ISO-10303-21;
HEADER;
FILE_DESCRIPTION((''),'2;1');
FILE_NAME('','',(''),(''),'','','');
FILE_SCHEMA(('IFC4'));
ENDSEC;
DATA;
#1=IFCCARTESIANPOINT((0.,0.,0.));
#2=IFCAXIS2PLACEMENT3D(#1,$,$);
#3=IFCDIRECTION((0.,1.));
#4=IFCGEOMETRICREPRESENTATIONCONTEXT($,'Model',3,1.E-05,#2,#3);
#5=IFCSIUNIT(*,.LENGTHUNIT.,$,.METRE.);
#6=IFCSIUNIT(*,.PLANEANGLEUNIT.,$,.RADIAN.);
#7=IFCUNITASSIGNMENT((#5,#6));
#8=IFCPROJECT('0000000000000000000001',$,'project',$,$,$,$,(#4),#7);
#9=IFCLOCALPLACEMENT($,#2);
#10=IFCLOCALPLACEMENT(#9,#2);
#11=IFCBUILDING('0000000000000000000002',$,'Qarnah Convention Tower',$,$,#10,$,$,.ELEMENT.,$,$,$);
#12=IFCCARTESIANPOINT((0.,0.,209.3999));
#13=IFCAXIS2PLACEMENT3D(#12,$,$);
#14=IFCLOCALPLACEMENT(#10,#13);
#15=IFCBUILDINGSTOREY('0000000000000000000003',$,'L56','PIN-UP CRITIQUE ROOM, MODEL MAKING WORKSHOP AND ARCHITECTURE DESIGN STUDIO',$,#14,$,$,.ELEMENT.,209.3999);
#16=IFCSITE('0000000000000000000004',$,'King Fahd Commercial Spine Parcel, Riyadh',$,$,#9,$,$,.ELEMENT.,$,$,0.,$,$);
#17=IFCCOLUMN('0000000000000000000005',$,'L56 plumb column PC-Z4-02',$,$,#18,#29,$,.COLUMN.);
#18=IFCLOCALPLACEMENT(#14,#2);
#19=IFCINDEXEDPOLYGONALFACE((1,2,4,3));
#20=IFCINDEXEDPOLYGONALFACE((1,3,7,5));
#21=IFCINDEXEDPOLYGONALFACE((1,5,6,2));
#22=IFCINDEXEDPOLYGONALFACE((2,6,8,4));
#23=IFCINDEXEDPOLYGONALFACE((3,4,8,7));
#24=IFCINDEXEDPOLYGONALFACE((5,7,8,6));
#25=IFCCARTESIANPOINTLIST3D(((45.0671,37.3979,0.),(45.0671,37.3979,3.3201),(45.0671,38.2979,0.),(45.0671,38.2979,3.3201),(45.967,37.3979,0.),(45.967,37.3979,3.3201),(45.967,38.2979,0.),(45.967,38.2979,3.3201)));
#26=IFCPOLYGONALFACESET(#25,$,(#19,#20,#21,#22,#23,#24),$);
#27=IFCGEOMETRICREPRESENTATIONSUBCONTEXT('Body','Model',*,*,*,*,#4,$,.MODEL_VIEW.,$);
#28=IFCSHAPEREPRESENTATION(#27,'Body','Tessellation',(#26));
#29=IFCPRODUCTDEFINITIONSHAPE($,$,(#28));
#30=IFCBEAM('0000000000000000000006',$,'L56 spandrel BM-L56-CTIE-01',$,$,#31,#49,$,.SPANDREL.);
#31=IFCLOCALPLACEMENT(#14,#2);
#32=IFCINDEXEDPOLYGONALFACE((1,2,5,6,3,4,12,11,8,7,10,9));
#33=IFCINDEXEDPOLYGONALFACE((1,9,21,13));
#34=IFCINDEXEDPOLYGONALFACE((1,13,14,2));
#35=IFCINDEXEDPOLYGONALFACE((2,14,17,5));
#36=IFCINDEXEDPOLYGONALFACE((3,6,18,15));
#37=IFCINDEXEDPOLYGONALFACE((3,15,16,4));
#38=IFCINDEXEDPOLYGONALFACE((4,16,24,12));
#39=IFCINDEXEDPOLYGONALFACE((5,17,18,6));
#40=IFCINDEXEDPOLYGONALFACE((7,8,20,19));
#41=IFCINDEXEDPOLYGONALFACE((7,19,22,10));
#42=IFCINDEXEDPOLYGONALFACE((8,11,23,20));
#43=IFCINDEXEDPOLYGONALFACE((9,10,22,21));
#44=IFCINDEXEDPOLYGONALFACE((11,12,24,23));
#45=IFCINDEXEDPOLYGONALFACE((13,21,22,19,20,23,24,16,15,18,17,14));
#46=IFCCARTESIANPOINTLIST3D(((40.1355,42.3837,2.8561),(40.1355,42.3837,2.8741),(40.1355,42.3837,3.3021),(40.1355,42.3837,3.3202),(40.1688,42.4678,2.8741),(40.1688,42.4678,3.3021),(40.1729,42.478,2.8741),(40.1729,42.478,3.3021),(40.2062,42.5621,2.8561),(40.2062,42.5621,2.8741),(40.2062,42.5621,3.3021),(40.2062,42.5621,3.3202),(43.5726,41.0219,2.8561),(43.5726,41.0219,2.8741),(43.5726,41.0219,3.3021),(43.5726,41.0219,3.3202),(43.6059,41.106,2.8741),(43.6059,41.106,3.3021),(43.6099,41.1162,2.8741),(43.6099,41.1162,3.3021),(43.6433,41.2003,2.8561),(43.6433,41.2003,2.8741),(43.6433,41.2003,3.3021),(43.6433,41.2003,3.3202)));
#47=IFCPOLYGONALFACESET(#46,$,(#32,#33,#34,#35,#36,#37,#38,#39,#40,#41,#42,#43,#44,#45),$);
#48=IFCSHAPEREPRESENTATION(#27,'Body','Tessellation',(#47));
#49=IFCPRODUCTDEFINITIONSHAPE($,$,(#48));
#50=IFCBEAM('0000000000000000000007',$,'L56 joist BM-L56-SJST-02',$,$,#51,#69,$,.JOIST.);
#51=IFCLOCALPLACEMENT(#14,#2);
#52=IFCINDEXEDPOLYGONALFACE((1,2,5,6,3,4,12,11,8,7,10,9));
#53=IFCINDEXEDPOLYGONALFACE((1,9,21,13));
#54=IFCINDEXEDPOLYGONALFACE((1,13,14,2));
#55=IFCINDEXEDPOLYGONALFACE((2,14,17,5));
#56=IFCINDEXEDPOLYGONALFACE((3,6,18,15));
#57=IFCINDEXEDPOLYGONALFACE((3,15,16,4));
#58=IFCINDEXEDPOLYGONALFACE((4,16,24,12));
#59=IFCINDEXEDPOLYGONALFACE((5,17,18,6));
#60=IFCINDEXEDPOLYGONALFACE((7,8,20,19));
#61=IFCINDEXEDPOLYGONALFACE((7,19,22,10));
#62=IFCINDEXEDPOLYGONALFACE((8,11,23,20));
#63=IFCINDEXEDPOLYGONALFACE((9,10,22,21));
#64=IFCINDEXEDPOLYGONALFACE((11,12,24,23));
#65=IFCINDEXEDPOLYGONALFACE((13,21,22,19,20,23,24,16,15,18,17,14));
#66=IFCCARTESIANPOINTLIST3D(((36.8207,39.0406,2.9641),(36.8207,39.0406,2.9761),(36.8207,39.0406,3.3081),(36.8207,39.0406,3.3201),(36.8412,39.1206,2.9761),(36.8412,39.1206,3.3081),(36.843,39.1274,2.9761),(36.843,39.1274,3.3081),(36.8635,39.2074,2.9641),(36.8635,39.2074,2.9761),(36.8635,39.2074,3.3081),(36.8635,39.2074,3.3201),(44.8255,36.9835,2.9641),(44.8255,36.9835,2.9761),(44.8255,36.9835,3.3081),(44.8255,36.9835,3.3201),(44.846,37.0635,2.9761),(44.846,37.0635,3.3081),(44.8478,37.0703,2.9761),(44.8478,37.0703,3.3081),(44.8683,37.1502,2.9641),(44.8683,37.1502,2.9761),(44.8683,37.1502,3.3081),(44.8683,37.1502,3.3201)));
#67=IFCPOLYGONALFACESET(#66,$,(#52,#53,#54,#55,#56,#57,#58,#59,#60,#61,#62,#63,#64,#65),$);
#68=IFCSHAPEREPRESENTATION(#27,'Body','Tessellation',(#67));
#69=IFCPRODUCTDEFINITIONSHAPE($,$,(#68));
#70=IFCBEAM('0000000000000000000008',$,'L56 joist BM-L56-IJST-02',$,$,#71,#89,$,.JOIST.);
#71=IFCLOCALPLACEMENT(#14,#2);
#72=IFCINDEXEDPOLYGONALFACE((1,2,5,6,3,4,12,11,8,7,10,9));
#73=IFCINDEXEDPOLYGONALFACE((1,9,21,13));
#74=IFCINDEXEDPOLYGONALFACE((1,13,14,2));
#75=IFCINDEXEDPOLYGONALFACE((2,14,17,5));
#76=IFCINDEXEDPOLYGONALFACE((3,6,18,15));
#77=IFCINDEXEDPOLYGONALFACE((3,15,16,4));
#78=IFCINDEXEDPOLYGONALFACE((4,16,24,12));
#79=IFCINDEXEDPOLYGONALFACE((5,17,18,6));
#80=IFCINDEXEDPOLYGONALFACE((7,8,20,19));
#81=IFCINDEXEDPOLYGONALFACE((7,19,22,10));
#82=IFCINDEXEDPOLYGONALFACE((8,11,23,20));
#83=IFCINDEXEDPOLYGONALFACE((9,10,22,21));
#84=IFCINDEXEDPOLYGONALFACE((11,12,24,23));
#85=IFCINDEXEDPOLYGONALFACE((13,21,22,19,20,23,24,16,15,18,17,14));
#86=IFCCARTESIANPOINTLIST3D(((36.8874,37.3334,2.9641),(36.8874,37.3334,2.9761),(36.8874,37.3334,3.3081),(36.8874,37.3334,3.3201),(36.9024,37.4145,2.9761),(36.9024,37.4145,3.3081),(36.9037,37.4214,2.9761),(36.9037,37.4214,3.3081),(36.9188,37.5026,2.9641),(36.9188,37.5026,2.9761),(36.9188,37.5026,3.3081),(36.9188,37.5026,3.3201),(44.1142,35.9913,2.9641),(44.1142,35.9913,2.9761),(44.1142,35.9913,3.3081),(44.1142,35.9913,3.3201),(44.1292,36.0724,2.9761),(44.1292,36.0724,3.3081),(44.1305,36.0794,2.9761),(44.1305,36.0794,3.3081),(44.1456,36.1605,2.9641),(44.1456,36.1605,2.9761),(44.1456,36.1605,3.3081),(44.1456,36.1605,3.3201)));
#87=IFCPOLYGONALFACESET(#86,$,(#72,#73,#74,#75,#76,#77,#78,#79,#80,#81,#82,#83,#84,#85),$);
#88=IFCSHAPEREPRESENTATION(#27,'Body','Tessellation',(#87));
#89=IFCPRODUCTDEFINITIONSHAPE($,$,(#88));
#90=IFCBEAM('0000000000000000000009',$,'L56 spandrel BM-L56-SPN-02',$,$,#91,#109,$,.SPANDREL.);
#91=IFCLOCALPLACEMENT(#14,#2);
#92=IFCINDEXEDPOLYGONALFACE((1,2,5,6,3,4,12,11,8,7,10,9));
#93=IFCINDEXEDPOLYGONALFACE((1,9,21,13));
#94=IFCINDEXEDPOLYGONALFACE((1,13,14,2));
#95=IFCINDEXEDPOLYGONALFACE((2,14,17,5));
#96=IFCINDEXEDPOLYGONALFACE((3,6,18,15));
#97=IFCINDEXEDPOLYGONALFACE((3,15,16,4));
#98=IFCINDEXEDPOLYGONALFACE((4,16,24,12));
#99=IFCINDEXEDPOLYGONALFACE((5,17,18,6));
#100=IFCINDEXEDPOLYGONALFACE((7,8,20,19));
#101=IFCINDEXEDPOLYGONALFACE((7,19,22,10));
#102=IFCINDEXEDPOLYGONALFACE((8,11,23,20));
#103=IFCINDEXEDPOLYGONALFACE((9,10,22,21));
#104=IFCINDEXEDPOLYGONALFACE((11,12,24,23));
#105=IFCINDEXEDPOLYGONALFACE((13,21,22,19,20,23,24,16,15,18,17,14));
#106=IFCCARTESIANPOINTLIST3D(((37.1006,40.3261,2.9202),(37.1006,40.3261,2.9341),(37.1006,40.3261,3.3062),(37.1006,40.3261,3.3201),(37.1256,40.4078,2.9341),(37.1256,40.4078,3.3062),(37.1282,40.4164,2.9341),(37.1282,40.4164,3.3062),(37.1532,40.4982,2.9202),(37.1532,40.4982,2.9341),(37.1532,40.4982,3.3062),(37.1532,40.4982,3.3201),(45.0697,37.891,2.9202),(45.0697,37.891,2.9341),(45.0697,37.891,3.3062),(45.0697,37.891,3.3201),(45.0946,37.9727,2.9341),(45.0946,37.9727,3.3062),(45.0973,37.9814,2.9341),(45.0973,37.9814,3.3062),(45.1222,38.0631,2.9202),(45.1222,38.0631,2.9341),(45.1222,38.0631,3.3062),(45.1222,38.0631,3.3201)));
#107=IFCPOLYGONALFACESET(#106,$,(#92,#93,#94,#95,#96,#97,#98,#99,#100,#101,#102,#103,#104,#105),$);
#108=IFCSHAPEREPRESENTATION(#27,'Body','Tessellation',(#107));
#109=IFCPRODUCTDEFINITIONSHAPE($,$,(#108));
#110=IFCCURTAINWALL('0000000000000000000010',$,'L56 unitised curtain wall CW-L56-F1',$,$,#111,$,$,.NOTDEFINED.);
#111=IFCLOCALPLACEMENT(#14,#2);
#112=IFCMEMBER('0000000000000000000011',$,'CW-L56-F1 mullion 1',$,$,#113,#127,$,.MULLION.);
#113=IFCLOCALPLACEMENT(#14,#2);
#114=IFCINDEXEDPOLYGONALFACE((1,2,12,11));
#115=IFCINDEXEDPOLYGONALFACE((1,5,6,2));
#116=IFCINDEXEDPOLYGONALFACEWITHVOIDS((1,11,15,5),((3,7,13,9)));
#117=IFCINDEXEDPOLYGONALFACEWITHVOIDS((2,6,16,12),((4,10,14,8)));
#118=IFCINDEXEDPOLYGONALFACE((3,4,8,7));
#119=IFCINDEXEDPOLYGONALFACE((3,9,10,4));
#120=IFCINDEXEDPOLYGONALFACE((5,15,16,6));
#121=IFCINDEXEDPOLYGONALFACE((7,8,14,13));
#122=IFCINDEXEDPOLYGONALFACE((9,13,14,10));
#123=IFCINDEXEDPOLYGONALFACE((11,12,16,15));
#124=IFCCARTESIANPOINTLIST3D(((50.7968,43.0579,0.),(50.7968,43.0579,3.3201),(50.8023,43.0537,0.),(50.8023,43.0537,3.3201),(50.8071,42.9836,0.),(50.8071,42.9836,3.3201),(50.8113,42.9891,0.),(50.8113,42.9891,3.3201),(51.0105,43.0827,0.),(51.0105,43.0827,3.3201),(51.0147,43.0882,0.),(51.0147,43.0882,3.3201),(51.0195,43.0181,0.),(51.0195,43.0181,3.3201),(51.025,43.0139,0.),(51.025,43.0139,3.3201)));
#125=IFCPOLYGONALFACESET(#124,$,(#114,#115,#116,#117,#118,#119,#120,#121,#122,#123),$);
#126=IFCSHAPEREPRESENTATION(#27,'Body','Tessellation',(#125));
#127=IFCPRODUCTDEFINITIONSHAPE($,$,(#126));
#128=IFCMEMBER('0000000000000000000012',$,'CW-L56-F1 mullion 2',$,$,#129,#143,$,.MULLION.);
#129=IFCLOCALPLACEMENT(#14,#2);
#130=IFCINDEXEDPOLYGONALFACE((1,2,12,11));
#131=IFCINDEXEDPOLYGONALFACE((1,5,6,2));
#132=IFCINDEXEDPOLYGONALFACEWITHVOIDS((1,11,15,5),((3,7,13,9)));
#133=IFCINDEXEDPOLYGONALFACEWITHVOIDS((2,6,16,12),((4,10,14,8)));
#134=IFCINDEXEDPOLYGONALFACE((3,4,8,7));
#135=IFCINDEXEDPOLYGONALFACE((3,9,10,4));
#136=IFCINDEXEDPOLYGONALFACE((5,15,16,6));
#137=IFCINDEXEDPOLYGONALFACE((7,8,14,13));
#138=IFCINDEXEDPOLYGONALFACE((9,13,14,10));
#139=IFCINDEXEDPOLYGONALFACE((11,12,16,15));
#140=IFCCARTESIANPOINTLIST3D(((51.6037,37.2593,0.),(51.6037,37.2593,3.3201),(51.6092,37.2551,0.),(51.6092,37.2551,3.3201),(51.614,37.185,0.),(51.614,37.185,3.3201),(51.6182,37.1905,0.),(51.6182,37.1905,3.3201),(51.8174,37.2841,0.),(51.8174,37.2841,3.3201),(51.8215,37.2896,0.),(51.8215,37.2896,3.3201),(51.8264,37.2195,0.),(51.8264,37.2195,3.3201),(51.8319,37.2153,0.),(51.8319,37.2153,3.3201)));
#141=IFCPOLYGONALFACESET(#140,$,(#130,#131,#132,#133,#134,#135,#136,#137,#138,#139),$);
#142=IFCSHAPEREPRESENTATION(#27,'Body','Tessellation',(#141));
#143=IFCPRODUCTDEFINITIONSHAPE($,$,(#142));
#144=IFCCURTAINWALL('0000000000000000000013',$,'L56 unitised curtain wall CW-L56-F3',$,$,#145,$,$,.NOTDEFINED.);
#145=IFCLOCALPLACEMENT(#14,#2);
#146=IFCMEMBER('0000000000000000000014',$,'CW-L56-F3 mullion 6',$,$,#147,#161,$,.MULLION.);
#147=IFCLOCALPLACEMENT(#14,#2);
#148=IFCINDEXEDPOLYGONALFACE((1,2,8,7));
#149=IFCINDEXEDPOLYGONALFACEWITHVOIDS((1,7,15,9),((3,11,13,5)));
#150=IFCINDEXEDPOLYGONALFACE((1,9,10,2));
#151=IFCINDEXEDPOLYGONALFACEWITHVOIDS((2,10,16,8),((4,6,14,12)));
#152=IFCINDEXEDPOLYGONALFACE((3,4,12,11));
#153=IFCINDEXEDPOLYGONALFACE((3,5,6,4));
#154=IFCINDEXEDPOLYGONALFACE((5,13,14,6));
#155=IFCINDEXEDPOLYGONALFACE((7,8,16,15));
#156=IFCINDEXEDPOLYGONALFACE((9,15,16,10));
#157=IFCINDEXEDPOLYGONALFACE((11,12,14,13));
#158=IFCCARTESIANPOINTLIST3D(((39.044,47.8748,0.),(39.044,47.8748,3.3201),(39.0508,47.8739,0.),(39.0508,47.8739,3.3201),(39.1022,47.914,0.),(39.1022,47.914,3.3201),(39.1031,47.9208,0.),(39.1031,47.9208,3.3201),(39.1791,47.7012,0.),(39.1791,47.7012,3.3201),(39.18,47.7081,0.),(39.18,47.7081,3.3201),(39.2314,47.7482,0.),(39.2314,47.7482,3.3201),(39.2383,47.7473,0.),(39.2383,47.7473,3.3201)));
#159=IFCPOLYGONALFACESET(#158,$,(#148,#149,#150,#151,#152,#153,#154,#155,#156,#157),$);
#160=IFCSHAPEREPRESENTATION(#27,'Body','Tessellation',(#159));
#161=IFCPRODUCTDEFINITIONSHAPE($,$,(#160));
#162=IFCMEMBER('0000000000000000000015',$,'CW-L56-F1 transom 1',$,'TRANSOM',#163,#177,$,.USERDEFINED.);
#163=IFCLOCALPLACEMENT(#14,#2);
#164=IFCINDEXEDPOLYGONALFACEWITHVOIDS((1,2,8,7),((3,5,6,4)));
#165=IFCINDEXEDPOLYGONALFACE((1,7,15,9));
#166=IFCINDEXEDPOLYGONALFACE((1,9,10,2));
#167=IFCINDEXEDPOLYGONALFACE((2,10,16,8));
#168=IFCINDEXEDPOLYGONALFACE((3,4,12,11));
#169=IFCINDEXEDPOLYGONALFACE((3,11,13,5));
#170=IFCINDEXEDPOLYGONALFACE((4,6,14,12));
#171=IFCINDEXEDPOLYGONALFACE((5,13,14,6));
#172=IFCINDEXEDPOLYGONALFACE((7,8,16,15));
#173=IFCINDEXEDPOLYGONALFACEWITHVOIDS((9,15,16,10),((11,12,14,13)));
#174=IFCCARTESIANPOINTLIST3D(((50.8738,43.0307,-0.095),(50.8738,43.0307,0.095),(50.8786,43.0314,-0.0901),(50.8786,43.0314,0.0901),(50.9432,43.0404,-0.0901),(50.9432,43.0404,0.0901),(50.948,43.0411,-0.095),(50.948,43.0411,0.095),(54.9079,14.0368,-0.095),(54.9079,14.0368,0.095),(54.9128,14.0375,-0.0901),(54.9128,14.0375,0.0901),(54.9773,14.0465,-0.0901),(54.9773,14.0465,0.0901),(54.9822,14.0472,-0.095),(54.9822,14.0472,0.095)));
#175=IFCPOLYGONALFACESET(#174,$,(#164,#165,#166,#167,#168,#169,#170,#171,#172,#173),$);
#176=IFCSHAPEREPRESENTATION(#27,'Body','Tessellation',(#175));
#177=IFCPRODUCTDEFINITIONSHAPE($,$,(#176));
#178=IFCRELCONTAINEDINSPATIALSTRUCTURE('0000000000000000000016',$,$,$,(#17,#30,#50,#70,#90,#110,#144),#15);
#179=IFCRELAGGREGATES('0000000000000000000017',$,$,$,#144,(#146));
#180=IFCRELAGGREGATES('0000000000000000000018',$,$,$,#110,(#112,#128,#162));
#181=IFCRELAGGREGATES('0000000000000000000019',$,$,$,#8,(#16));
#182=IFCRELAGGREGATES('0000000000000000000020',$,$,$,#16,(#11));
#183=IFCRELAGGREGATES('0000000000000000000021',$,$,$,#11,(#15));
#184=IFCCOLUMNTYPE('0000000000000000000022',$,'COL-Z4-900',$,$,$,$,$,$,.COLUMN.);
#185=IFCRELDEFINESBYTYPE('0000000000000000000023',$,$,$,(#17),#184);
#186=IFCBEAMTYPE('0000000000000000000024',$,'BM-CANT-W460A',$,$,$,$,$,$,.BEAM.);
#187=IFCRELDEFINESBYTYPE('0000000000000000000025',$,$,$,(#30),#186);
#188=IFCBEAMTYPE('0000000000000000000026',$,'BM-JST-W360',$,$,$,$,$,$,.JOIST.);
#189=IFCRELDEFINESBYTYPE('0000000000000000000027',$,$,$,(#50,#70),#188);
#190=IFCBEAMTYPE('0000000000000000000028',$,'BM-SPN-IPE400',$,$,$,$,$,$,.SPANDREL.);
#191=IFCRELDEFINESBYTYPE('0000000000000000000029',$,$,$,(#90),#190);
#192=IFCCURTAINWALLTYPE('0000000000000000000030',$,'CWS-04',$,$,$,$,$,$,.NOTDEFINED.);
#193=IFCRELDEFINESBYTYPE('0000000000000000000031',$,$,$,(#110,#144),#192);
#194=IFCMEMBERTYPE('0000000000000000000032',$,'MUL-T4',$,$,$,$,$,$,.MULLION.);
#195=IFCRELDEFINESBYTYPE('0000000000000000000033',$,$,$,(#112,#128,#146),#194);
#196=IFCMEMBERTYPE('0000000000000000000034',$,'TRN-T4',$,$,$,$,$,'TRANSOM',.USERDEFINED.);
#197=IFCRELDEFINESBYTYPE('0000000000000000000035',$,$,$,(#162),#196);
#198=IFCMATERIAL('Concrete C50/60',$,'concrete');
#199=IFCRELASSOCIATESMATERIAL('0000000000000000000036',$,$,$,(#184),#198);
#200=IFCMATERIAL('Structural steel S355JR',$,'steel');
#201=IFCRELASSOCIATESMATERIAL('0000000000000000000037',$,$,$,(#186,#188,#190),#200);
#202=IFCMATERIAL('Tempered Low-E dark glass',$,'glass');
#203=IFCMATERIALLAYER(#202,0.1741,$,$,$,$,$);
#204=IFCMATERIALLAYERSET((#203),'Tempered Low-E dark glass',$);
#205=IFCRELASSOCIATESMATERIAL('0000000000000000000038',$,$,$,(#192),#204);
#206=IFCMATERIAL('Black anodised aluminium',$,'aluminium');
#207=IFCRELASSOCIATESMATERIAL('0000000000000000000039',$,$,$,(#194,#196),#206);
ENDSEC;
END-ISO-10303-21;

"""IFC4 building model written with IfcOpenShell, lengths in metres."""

from ifc_helpers import new_model, si_unit, direction, frame, origin, origin_2d, place, context, subcontext, project, spatial, rectangle, hollow_rectangle, i_section, extrude, material, layer, layer_set, material_profile, profile_set, type_object, element, aggregate, save


model = new_model("IFC4")

# Units and contexts
model_context = context("Model", 3, precision=1e-05, world=origin(), true_north=direction((0.0, 1.0)))
body_context = subcontext(model_context, "Body", "Model", "MODEL_VIEW")
ifc_project = project(units=[si_unit("LENGTHUNIT", "METRE"), si_unit("PLANEANGLEUNIT", "RADIAN")], contexts=[model_context])

# Site, building, storey
site_placement = place(None, origin())
site = spatial("IfcSite", under=ifc_project, at=site_placement, Name="King Fahd Commercial Spine Parcel, Riyadh", CompositionType="ELEMENT", RefElevation=0.0)
building_placement = place(site_placement, origin())
building = spatial("IfcBuilding", under=site, at=building_placement, Name="Qarnah Convention Tower", CompositionType="ELEMENT")
storey_placement = place(building_placement, frame((0.0, 0.0, 209.3999)))
storey = spatial("IfcBuildingStorey", under=building, at=storey_placement, Name="L56", Description="PIN-UP CRITIQUE ROOM, MODEL MAKING WORKSHOP AND ARCHITECTURE DESIGN STUDIO", CompositionType="ELEMENT", Elevation=209.3999)

# Column
ifc_material_1 = material(Name="Concrete C50/60", Category="concrete")
ifc_material_profile_1 = material_profile(ifc_material_1, rectangle(XDim=0.8999, YDim=0.8999, at=origin_2d()), Name="RC-COL-900X900")
ifc_profile_set_1 = profile_set([ifc_material_profile_1], Name="Concrete C50/60")
column_type = type_object("IfcColumnType", Name="COL-Z4-900", PredefinedType="COLUMN", material=ifc_profile_set_1)
column_placement = place(storey_placement, frame((45.5171, 37.8479, 0.0), z_axis=(0.0, 0.0, 1.0), x_axis=(1.0, 0.0, 0.0)))
element("IfcColumn", 1, at=column_placement, inside=storey, type_object=column_type, Name="L56 plumb column PC-Z4-02", PredefinedType="COLUMN", context=body_context, shape_type="SweptSolid", body=[
    extrude(rectangle(XDim=0.8999, YDim=0.8999, at=origin_2d()), origin(), (0.0, 0.0, 1.0), 3.3201),
])

# Beams
ifc_material_2 = material(Name="Structural steel S355JR", Category="steel")
ifc_material_profile_2 = material_profile(ifc_material_2, i_section(OverallWidth=0.1919, OverallDepth=0.4641, WebThickness=0.011, FlangeThickness=0.0181, at=origin_2d()), Name="W460X89")
ifc_profile_set_2 = profile_set([ifc_material_profile_2], Name="Structural steel S355JR")
beam_type_1 = type_object("IfcBeamType", Name="BM-CANT-W460A", PredefinedType="BEAM", material=ifc_profile_set_2)
beam_1_placement = place(storey_placement, frame((43.6079, 41.1111, 3.0881), z_axis=(-0.929683, 0.36836, 0.0), x_axis=(-0.36836, -0.929683, 0.0)))
element("IfcBeam", 2, at=beam_1_placement, inside=storey, type_object=beam_type_1, Name="L56 spandrel BM-L56-CTIE-01", PredefinedType="SPANDREL", context=body_context, shape_type="SweptSolid", body=[
    extrude(i_section(OverallWidth=0.1919, OverallDepth=0.4641, WebThickness=0.011, FlangeThickness=0.0181, at=origin_2d()), origin(), (0.0, 0.0, 1.0), 3.697),
])
ifc_material_profile_3 = material_profile(ifc_material_2, i_section(OverallWidth=0.1721, OverallDepth=0.356, WebThickness=0.0071, FlangeThickness=0.012, at=origin_2d()), Name="W360X51")
ifc_profile_set_3 = profile_set([ifc_material_profile_3], Name="Structural steel S355JR")
beam_type_2 = type_object("IfcBeamType", Name="BM-JST-W360", PredefinedType="JOIST", material=ifc_profile_set_3)
beam_2_placement = place(storey_placement, frame((44.8469, 37.0669, 3.1421), z_axis=(-0.96853, 0.248897, 0.0), x_axis=(-0.248897, -0.96853, 0.0)))
element("IfcBeam", 3, at=beam_2_placement, inside=storey, type_object=beam_type_2, Name="L56 joist BM-L56-SJST-02", PredefinedType="JOIST", context=body_context, shape_type="SweptSolid", body=[
    extrude(i_section(OverallWidth=0.1721, OverallDepth=0.356, WebThickness=0.0071, FlangeThickness=0.012, at=origin_2d()), origin(), (0.0, 0.0, 1.0), 8.2649),
])
beam_3_placement = place(storey_placement, frame((44.1299, 36.0759, 3.1421), z_axis=(-0.983191, 0.182582, 0.0), x_axis=(-0.182582, -0.983191, 0.0)))
element("IfcBeam", 4, at=beam_3_placement, inside=storey, type_object=beam_type_2, Name="L56 joist BM-L56-IJST-02", PredefinedType="JOIST", context=body_context, shape_type="SweptSolid", body=[
    extrude(i_section(OverallWidth=0.1721, OverallDepth=0.356, WebThickness=0.0071, FlangeThickness=0.012, at=origin_2d()), origin(), (0.0, 0.0, 1.0), 7.3503),
])
ifc_material_profile_4 = material_profile(ifc_material_2, i_section(OverallWidth=0.1799, OverallDepth=0.3999, WebThickness=0.009, FlangeThickness=0.0139, at=origin_2d()), Name="IPE400")
ifc_profile_set_4 = profile_set([ifc_material_profile_4], Name="Structural steel S355JR")
beam_type_3 = type_object("IfcBeamType", Name="BM-SPN-IPE400", PredefinedType="SPANDREL", material=ifc_profile_set_4)
beam_4_placement = place(storey_placement, frame((45.0959, 37.9771, 3.1201), z_axis=(-0.956349, 0.292228, 0.0), x_axis=(-0.292228, -0.956349, 0.0)))
element("IfcBeam", 5, at=beam_4_placement, inside=storey, type_object=beam_type_3, Name="L56 spandrel BM-L56-SPN-02", PredefinedType="SPANDREL", context=body_context, shape_type="SweptSolid", body=[
    extrude(i_section(OverallWidth=0.1799, OverallDepth=0.3999, WebThickness=0.009, FlangeThickness=0.0139, at=origin_2d()), origin(), (0.0, 0.0, 1.0), 8.3328),
])

# Curtain wall, members
ifc_material_3 = material(Name="Tempered Low-E dark glass", Category="glass")
ifc_layer_1 = layer(ifc_material_3, 0.1741)
ifc_layer_set_1 = layer_set([ifc_layer_1], Name="Tempered Low-E dark glass")
curtain_wall_type = type_object("IfcCurtainWallType", Name="CWS-04", PredefinedType="NOTDEFINED", material=ifc_layer_set_1)
curtain_wall_1_placement = place(storey_placement, origin())
curtain_wall_1 = element("IfcCurtainWall", 6, at=curtain_wall_1_placement, inside=storey, type_object=curtain_wall_type, Name="L56 unitised curtain wall CW-L56-F1", PredefinedType="NOTDEFINED")
ifc_material_4 = material(Name="Black anodised aluminium", Category="aluminium")
ifc_material_profile_5 = material_profile(ifc_material_4, hollow_rectangle(XDim=0.075, YDim=0.22, WallThickness=0.0049, at=origin_2d()), Name="MUL-75X220")
ifc_profile_set_5 = profile_set([ifc_material_profile_5], Name="Black anodised aluminium")
member_type_1 = type_object("IfcMemberType", Name="MUL-T4", PredefinedType="MULLION", material=ifc_profile_set_5)
member_1_placement = place(storey_placement, frame((50.9109, 43.0359, 0.0), z_axis=(0.0, 0.0, 1.0), x_axis=(0.137805, -0.990459, 0.0)))
member_1 = element("IfcMember", 7, at=member_1_placement, type_object=member_type_1, Name="CW-L56-F1 mullion 1", PredefinedType="MULLION", context=body_context, shape_type="SweptSolid", body=[
    extrude(hollow_rectangle(XDim=0.075, YDim=0.22, WallThickness=0.0049, at=origin_2d()), origin(), (0.0, 0.0, 1.0), 3.3201),
])
member_2_placement = place(storey_placement, frame((51.7178, 37.2373, 0.0), z_axis=(0.0, 0.0, 1.0), x_axis=(0.137805, -0.990459, 0.0)))
member_2 = element("IfcMember", 8, at=member_2_placement, type_object=member_type_1, Name="CW-L56-F1 mullion 2", PredefinedType="MULLION", context=body_context, shape_type="SweptSolid", body=[
    extrude(hollow_rectangle(XDim=0.075, YDim=0.22, WallThickness=0.0049, at=origin_2d()), origin(), (0.0, 0.0, 1.0), 3.3201),
])

# Curtain wall, member
curtain_wall_2_placement = place(storey_placement, origin())
curtain_wall_2 = element("IfcCurtainWall", 9, at=curtain_wall_2_placement, inside=storey, type_object=curtain_wall_type, Name="L56 unitised curtain wall CW-L56-F3", PredefinedType="NOTDEFINED")
member_3_placement = place(storey_placement, frame((39.1411, 47.811, 0.0), z_axis=(0.0, 0.0, 1.0), x_axis=(0.788876, 0.614553, 0.0)))
member_3 = element("IfcMember", 10, at=member_3_placement, type_object=member_type_1, Name="CW-L56-F3 mullion 6", PredefinedType="MULLION", context=body_context, shape_type="SweptSolid", body=[
    extrude(hollow_rectangle(XDim=0.075, YDim=0.22, WallThickness=0.0049, at=origin_2d()), origin(), (0.0, 0.0, 1.0), 3.3201),
])
aggregate(curtain_wall_2, [member_3])

# Member
ifc_material_profile_6 = material_profile(ifc_material_4, hollow_rectangle(XDim=0.075, YDim=0.1899, WallThickness=0.0049, at=origin_2d()), Name="TRN-75X190")
ifc_profile_set_6 = profile_set([ifc_material_profile_6], Name="Black anodised aluminium")
member_type_2 = type_object("IfcMemberType", Name="TRN-T4", ElementType="TRANSOM", PredefinedType="USERDEFINED", material=ifc_profile_set_6)
member_4_placement = place(storey_placement, frame((50.9109, 43.0359, 0.0), z_axis=(0.137811, -0.990458, 0.0), x_axis=(0.990458, 0.137811, 0.0)))
member_4 = element("IfcMember", 11, at=member_4_placement, type_object=member_type_2, Name="CW-L56-F1 transom 1", ObjectType="TRANSOM", PredefinedType="USERDEFINED", context=body_context, shape_type="SweptSolid", body=[
    extrude(hollow_rectangle(XDim=0.075, YDim=0.1899, WallThickness=0.0049, at=origin_2d()), origin(), (0.0, 0.0, 1.0), 29.2732),
])

aggregate(curtain_wall_1, [member_1, member_2, member_4])

save(model, "model.ifc")
